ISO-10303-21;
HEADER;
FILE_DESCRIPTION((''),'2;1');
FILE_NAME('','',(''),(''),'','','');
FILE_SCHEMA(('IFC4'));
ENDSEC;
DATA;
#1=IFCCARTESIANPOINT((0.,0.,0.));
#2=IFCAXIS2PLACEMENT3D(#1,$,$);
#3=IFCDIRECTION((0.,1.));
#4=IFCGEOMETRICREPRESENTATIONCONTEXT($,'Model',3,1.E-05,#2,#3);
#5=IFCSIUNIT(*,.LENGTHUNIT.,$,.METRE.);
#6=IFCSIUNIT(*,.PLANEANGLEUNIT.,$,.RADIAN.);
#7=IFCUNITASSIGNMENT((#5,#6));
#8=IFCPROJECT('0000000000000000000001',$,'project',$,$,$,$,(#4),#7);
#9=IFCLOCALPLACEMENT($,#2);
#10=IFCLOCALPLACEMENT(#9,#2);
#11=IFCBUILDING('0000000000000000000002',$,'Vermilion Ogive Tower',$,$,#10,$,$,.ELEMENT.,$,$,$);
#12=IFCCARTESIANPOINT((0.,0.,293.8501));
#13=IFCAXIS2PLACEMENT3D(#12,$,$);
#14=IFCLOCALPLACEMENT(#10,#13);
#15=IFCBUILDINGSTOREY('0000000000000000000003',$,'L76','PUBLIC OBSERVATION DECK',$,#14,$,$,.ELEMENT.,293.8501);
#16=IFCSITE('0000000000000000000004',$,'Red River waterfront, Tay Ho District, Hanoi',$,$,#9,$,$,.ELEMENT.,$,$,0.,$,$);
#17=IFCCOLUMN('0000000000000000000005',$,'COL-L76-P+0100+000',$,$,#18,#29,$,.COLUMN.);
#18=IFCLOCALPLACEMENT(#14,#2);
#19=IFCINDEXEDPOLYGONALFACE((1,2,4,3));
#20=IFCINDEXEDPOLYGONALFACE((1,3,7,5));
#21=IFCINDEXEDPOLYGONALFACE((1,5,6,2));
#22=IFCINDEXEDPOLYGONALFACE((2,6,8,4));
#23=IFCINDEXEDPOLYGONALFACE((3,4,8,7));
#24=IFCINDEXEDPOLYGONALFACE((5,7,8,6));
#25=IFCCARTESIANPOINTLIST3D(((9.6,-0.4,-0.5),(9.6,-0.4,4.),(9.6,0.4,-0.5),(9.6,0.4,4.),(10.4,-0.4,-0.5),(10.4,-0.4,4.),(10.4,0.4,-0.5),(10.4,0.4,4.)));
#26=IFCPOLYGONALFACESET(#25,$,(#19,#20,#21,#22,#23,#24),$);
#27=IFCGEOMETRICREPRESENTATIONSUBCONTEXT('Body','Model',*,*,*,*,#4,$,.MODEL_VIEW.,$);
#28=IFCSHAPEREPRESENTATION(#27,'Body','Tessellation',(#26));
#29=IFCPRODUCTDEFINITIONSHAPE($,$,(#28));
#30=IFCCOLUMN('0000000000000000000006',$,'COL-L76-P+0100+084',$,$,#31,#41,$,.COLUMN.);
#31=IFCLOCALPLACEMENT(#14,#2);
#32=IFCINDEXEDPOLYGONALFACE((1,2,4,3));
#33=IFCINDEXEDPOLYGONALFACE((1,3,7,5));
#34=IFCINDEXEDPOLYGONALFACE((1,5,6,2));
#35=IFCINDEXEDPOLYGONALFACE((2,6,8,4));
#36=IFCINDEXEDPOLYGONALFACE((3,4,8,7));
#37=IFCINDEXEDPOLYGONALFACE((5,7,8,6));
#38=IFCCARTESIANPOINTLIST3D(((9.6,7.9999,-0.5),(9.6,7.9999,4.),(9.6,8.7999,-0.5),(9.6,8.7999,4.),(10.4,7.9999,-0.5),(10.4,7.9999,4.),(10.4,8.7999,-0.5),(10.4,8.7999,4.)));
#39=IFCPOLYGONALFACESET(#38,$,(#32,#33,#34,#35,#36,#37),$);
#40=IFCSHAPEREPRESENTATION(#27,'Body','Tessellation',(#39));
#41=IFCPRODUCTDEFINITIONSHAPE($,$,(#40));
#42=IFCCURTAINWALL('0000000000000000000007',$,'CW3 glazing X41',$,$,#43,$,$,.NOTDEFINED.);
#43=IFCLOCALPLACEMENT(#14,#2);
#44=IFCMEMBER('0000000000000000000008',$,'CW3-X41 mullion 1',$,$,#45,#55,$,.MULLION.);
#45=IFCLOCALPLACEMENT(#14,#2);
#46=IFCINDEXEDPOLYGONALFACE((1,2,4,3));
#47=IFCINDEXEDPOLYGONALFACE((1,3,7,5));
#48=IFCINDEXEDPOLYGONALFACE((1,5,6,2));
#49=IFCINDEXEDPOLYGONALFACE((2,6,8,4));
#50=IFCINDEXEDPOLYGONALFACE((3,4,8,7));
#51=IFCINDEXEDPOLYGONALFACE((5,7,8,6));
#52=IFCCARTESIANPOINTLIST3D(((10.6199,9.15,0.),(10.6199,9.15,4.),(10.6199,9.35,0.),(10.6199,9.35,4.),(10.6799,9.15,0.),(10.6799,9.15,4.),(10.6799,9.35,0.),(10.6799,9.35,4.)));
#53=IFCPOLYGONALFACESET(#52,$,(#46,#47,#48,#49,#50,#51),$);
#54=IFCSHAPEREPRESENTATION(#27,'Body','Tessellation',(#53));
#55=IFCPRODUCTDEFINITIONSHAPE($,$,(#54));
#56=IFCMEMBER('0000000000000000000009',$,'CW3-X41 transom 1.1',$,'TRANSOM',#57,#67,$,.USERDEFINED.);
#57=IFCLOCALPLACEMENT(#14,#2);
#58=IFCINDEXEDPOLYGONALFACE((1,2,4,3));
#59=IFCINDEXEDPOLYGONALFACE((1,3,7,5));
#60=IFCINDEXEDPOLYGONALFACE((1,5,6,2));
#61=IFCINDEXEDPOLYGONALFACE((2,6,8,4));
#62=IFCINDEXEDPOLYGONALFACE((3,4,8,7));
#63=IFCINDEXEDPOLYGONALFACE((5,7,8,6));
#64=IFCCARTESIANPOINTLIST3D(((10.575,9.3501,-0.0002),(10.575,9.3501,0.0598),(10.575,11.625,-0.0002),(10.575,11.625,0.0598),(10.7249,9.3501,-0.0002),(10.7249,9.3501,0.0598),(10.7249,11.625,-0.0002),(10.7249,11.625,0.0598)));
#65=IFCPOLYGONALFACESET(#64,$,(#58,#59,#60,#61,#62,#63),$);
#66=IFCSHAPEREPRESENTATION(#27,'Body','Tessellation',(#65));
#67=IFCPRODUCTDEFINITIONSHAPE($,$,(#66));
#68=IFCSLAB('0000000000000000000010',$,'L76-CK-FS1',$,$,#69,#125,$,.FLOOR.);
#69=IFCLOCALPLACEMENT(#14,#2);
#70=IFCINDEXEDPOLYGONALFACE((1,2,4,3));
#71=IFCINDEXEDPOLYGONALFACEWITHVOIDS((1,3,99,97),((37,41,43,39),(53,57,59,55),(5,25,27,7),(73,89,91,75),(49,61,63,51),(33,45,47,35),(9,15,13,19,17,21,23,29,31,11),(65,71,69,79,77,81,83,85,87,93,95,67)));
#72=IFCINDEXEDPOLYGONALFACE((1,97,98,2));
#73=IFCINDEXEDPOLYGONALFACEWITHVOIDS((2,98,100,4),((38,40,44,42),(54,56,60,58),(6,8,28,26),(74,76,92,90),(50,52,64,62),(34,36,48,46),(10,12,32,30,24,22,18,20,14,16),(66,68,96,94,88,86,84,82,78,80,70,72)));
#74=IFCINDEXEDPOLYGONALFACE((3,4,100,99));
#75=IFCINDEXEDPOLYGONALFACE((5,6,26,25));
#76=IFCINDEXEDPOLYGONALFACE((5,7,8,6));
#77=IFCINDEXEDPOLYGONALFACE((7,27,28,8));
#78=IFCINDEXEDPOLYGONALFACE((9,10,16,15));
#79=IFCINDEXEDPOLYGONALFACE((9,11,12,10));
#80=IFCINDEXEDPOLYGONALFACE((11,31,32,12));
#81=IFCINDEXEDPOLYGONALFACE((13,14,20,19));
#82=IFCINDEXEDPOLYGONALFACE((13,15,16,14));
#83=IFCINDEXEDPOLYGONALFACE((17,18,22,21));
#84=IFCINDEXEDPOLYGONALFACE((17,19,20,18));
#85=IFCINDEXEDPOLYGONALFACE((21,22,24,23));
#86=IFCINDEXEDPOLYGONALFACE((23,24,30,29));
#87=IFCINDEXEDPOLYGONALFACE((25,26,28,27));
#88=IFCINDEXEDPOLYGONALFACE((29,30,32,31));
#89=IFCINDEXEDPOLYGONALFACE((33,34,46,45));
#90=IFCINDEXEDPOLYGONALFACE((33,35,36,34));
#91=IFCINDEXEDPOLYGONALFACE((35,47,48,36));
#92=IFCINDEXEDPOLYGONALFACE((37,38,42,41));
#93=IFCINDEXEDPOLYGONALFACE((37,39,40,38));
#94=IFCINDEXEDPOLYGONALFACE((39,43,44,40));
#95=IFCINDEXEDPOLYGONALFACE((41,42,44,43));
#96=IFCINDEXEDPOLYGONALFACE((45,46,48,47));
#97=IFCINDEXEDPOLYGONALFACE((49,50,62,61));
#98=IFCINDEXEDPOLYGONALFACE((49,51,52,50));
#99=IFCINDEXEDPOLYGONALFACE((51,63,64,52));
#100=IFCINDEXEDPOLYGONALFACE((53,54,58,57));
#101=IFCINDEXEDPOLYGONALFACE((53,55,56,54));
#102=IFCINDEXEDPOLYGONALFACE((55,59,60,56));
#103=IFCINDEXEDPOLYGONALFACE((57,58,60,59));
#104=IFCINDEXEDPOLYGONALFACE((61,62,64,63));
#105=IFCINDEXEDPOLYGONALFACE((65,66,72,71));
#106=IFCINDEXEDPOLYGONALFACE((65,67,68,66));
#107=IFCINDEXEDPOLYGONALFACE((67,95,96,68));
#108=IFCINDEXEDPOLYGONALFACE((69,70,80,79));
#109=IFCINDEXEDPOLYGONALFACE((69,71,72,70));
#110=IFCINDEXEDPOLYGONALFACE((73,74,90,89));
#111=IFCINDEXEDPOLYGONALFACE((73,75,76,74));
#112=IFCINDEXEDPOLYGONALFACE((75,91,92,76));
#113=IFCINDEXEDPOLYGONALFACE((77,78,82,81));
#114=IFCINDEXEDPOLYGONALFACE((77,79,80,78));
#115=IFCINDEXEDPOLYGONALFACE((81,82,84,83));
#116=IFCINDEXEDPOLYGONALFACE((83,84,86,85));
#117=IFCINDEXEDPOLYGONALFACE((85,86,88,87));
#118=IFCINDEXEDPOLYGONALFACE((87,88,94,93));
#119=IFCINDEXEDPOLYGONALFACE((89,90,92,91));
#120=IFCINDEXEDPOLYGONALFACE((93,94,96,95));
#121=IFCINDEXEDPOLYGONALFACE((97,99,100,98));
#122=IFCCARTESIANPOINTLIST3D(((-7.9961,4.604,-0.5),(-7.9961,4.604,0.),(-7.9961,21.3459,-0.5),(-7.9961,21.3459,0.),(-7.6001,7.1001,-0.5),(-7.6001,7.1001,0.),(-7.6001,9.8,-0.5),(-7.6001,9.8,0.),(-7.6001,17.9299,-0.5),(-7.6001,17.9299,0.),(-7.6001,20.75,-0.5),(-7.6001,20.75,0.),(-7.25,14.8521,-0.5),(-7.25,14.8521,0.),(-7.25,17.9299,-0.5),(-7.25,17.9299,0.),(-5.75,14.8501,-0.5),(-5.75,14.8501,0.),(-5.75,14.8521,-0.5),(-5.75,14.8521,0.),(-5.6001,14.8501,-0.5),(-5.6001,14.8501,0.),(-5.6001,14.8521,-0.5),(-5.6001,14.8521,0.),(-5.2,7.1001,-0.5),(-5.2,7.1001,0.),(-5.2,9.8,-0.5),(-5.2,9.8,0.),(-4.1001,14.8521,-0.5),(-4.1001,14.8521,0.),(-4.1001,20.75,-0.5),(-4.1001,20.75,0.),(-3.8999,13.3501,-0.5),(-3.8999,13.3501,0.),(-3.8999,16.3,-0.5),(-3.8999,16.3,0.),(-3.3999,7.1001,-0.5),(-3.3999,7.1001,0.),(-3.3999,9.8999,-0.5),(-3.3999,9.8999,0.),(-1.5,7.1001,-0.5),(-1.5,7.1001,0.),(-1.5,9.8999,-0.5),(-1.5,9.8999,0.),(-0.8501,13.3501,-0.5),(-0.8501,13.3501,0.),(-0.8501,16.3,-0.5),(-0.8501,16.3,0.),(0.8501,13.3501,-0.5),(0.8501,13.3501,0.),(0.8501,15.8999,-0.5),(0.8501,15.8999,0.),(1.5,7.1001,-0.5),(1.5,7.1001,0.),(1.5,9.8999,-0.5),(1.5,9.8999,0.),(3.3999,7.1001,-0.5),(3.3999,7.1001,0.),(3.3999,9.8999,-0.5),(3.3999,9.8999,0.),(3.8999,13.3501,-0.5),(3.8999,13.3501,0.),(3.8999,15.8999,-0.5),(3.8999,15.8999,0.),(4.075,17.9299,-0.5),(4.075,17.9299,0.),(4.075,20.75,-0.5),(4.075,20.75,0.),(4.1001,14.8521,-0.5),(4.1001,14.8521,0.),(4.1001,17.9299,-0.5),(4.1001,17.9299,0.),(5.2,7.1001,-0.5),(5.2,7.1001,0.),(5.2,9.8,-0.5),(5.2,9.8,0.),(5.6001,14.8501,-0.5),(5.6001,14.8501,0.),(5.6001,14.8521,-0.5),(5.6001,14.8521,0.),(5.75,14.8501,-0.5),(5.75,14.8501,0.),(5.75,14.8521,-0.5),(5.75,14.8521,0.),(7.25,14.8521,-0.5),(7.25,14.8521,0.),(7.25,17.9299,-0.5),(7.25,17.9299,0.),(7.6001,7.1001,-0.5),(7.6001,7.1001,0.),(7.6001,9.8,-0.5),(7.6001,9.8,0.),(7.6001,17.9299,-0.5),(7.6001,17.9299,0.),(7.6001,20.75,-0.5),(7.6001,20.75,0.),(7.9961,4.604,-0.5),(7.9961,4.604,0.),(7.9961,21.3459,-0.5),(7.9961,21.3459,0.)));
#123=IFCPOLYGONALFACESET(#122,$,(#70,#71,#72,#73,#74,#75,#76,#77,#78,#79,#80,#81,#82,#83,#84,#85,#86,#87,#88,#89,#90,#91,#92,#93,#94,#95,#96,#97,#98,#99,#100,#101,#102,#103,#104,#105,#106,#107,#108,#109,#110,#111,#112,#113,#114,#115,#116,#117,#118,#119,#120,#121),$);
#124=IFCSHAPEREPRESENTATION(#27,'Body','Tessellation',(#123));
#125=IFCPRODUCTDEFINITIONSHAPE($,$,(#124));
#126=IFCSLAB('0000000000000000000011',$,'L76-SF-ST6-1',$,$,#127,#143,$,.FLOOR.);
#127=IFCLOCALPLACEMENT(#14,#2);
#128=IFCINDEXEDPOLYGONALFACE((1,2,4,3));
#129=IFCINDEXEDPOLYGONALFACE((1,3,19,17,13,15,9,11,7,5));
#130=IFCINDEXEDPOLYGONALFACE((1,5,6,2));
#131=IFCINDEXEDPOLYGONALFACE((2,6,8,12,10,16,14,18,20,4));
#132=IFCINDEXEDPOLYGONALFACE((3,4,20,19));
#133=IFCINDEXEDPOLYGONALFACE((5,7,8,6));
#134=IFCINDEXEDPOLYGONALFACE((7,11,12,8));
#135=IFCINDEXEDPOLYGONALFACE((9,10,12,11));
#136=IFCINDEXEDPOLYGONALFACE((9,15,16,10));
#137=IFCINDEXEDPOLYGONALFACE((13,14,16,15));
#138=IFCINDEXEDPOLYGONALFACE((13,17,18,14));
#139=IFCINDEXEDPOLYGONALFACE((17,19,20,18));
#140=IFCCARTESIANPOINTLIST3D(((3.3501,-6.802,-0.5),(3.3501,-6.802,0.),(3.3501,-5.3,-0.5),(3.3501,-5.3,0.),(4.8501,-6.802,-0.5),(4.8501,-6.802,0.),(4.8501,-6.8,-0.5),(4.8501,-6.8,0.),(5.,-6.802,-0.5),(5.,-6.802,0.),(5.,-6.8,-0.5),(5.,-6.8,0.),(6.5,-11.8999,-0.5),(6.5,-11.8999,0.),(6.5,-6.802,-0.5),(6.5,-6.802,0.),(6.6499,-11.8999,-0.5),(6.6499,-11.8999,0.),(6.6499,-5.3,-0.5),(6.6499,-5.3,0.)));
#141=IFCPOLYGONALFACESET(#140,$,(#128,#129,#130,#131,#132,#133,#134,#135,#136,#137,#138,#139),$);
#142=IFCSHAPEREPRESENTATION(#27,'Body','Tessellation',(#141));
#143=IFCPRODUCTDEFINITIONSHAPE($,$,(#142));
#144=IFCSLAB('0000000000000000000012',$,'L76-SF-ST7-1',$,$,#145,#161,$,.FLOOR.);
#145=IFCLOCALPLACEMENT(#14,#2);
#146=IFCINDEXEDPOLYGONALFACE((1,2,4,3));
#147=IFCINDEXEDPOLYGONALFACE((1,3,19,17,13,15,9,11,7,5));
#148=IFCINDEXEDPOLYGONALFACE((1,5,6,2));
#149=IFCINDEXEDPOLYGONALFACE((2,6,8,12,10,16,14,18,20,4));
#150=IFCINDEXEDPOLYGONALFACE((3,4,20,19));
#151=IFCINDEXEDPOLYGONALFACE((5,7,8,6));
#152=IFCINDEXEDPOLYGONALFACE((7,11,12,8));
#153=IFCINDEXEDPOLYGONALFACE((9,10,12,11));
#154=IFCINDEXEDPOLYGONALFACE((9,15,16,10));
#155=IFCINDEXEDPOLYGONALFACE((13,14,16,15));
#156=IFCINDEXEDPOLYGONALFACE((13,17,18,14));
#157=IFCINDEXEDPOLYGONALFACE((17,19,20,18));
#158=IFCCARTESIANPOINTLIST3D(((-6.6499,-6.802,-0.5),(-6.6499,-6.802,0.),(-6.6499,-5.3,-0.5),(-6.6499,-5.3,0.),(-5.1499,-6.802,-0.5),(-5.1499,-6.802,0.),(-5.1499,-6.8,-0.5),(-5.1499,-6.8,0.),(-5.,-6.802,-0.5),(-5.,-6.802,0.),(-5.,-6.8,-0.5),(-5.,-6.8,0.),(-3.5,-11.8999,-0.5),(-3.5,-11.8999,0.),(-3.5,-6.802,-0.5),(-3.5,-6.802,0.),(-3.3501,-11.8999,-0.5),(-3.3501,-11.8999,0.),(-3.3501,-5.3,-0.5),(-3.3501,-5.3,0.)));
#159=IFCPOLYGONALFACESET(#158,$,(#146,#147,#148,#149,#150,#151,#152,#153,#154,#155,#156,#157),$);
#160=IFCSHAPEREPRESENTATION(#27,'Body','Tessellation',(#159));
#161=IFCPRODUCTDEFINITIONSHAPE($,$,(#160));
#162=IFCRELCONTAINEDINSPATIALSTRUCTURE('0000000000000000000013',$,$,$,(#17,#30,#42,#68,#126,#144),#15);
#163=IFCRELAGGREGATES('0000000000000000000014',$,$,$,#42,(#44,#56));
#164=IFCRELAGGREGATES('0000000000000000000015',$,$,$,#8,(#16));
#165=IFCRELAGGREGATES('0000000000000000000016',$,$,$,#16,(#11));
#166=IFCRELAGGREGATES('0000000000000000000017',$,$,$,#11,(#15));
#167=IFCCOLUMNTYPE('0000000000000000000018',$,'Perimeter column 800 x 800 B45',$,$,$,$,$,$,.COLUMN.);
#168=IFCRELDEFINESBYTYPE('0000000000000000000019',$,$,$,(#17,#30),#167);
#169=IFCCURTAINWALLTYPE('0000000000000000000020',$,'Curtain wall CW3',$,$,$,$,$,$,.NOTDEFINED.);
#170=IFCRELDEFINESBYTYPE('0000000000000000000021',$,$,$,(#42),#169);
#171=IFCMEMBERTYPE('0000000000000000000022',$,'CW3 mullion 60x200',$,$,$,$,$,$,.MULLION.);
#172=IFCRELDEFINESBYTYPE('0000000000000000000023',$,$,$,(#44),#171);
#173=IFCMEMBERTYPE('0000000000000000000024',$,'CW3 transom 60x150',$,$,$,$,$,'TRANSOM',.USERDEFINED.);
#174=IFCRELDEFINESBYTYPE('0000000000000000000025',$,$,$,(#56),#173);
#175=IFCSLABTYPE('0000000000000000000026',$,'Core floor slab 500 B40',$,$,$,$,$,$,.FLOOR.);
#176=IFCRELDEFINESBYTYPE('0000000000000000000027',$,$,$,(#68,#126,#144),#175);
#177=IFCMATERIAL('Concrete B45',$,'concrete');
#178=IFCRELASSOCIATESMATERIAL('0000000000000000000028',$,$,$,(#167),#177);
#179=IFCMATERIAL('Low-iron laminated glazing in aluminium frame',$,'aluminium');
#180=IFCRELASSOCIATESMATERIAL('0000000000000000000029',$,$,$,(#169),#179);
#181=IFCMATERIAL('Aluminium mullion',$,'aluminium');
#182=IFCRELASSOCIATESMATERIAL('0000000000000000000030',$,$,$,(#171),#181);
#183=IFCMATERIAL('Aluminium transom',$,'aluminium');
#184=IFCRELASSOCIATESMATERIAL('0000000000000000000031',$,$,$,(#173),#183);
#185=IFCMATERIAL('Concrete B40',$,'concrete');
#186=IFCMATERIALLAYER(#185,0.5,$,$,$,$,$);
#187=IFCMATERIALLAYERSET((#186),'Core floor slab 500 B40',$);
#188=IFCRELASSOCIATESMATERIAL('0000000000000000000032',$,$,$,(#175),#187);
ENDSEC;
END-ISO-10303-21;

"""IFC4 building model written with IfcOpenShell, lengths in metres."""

from ifc_helpers import new_model, si_unit, direction, frame, origin, origin_2d, place, context, subcontext, project, spatial, polyline, rectangle, outline, extrude, material, layer, layer_set, material_profile, profile_set, type_object, element, aggregate, save


model = new_model("IFC4")

# Units and contexts
model_context = context("Model", 3, precision=1e-05, world=origin(), true_north=direction((0.0, 1.0)))
body_context = subcontext(model_context, "Body", "Model", "MODEL_VIEW")
ifc_project = project(units=[si_unit("LENGTHUNIT", "METRE"), si_unit("PLANEANGLEUNIT", "RADIAN")], contexts=[model_context])

# Site, building, storey
site_placement = place(None, origin())
site = spatial("IfcSite", under=ifc_project, at=site_placement, Name="Red River waterfront, Tay Ho District, Hanoi", CompositionType="ELEMENT", RefElevation=0.0)
building_placement = place(site_placement, origin())
building = spatial("IfcBuilding", under=site, at=building_placement, Name="Vermilion Ogive Tower", CompositionType="ELEMENT")
storey_placement = place(building_placement, frame((0.0, 0.0, 293.8501)))
storey = spatial("IfcBuildingStorey", under=building, at=storey_placement, Name="L76", Description="PUBLIC OBSERVATION DECK", CompositionType="ELEMENT", Elevation=293.8501)

# Columns
ifc_material_1 = material(Name="Concrete B45", Category="concrete")
ifc_material_profile_1 = material_profile(ifc_material_1, rectangle(XDim=0.8, YDim=0.8, at=origin_2d()), Name="800 x 800")
ifc_profile_set_1 = profile_set([ifc_material_profile_1], Name="Concrete B45")
column_type = type_object("IfcColumnType", Name="Perimeter column 800 x 800 B45", PredefinedType="COLUMN", material=ifc_profile_set_1)
for number, where, z_axis, x_axis, name in (
    (1, (10.0, 0.0, -0.5), (0.0, 0.0, 1.0), (1.0, 0.0, 0.0), "COL-L76-P+0100+000"),
    (2, (10.0, 8.3999, -0.5), (0.0, 0.0, 1.0), (1.0, 0.0, 0.0), "COL-L76-P+0100+084"),
):
    element("IfcColumn", number, at=place(storey_placement, frame(where, z_axis=z_axis, x_axis=x_axis)), inside=storey, type_object=column_type, Name=name, PredefinedType="COLUMN", context=body_context, shape_type="SweptSolid", body=[
        extrude(rectangle(XDim=0.8, YDim=0.8, at=origin_2d()), origin(), (0.0, 0.0, 1.0), 4.5),
    ])

# Curtain wall, members
ifc_material_2 = material(Name="Low-iron laminated glazing in aluminium frame", Category="aluminium")
curtain_wall_type = type_object("IfcCurtainWallType", Name="Curtain wall CW3", PredefinedType="NOTDEFINED", material=ifc_material_2)
curtain_wall_placement = place(storey_placement, origin())
curtain_wall = element("IfcCurtainWall", 3, at=curtain_wall_placement, inside=storey, type_object=curtain_wall_type, Name="CW3 glazing X41", PredefinedType="NOTDEFINED")
ifc_material_3 = material(Name="Aluminium mullion", Category="aluminium")
ifc_material_profile_2 = material_profile(ifc_material_3, rectangle(XDim=0.0601, YDim=0.2, at=origin_2d()), Name="AL 60x200")
ifc_profile_set_2 = profile_set([ifc_material_profile_2], Name="Aluminium mullion")
member_type_1 = type_object("IfcMemberType", Name="CW3 mullion 60x200", PredefinedType="MULLION", material=ifc_profile_set_2)
member_1_placement = place(storey_placement, frame((10.6499, 9.25, 0.0), z_axis=(0.0, 0.0, 1.0), x_axis=(-1.0, 0.0, 0.0)))
member_1 = element("IfcMember", 4, at=member_1_placement, type_object=member_type_1, Name="CW3-X41 mullion 1", PredefinedType="MULLION", context=body_context, shape_type="SweptSolid", body=[
    extrude(rectangle(XDim=0.0601, YDim=0.2, at=origin_2d()), origin(), (0.0, 0.0, 1.0), 4.0),
])
ifc_material_4 = material(Name="Aluminium transom", Category="aluminium")
ifc_material_profile_3 = material_profile(ifc_material_4, rectangle(XDim=0.1499, YDim=0.0601, at=origin_2d()), Name="AL 60x150")
ifc_profile_set_3 = profile_set([ifc_material_profile_3], Name="Aluminium transom")
member_type_2 = type_object("IfcMemberType", Name="CW3 transom 60x150", ElementType="TRANSOM", PredefinedType="USERDEFINED", material=ifc_profile_set_3)
member_2_placement = place(storey_placement, frame((10.6499, 9.3501, 0.0298), z_axis=(0.0, 1.0, 0.0), x_axis=(-1.0, 0.0, 0.0)))
member_2 = element("IfcMember", 5, at=member_2_placement, type_object=member_type_2, Name="CW3-X41 transom 1.1", ObjectType="TRANSOM", PredefinedType="USERDEFINED", context=body_context, shape_type="SweptSolid", body=[
    extrude(rectangle(XDim=0.1499, YDim=0.0601, at=origin_2d()), origin(), (0.0, 0.0, 1.0), 2.2749),
])
aggregate(curtain_wall, [member_1, member_2])

# Slabs
ifc_material_5 = material(Name="Concrete B40", Category="concrete")
ifc_layer_1 = layer(ifc_material_5, 0.5)
ifc_layer_set_1 = layer_set([ifc_layer_1], Name="Core floor slab 500 B40")
slab_type = type_object("IfcSlabType", Name="Core floor slab 500 B40", PredefinedType="FLOOR", material=ifc_layer_set_1)
slab_1_placement = place(storey_placement, frame((0.0, 0.0, -0.5)))
element("IfcSlab", 6, at=slab_1_placement, inside=storey, type_object=slab_type, Name="L76-CK-FS1", PredefinedType="FLOOR", context=body_context, shape_type="SweptSolid", body=[
    extrude(outline(polyline([(-7.9961, 4.604), (7.9961, 4.604), (7.9961, 21.3459), (-7.9961, 21.3459), (-7.9961, 4.604)]), holes=[polyline([(-5.2, 7.1001), (-7.6001, 7.1001), (-7.6001, 9.8), (-5.2, 9.8), (-5.2, 7.1001)]), polyline([(5.2, 7.1001), (5.2, 9.8), (7.6001, 9.8), (7.6001, 7.1001), (5.2, 7.1001)]), polyline([(-3.3999, 7.1001), (-3.3999, 9.8999), (-1.5, 9.8999), (-1.5, 7.1001), (-3.3999, 7.1001)]), polyline([(3.3999, 7.1001), (1.5, 7.1001), (1.5, 9.8999), (3.3999, 9.8999), (3.3999, 7.1001)]), polyline([(3.8999, 13.3501), (0.8501, 13.3501), (0.8501, 15.8999), (3.8999, 15.8999), (3.8999, 13.3501)]), polyline([(-0.8501, 13.3501), (-3.8999, 13.3501), (-3.8999, 16.3), (-0.8501, 16.3), (-0.8501, 13.3501)]), polyline([(-7.6001, 17.9299), (-7.6001, 20.75), (-4.1001, 20.75), (-4.1001, 14.8521), (-5.6001, 14.8521), (-5.6001, 14.8501), (-5.75, 14.8501), (-5.75, 14.8521), (-7.25, 14.8521), (-7.25, 17.9299), (-7.6001, 17.9299)]), polyline([(5.75, 14.8501), (5.6001, 14.8501), (5.6001, 14.8521), (4.1001, 14.8521), (4.1001, 17.9299), (4.075, 17.9299), (4.075, 20.75), (7.6001, 20.75), (7.6001, 17.9299), (7.25, 17.9299), (7.25, 14.8521), (5.75, 14.8521), (5.75, 14.8501)])]), origin(), (0.0, 0.0, 1.0), 0.5),
])
slab_2_placement = place(storey_placement, frame((0.0, 0.0, -0.5)))
element("IfcSlab", 7, at=slab_2_placement, inside=storey, type_object=slab_type, Name="L76-SF-ST6-1", PredefinedType="FLOOR", context=body_context, shape_type="SweptSolid", body=[
    extrude(outline(polyline([(3.3501, -5.3), (3.3501, -6.802), (4.8501, -6.802), (4.8501, -6.8), (5.0, -6.8), (5.0, -6.802), (6.5, -6.802), (6.5, -11.8999), (6.6499, -11.8999), (6.6499, -5.3), (3.3501, -5.3)])), origin(), (0.0, 0.0, 1.0), 0.5),
])
slab_3_placement = place(storey_placement, frame((0.0, 0.0, -0.5)))
element("IfcSlab", 8, at=slab_3_placement, inside=storey, type_object=slab_type, Name="L76-SF-ST7-1", PredefinedType="FLOOR", context=body_context, shape_type="SweptSolid", body=[
    extrude(outline(polyline([(-6.6499, -5.3), (-6.6499, -6.802), (-5.1499, -6.802), (-5.1499, -6.8), (-5.0, -6.8), (-5.0, -6.802), (-3.5, -6.802), (-3.5, -11.8999), (-3.3501, -11.8999), (-3.3501, -5.3), (-6.6499, -5.3)])), origin(), (0.0, 0.0, 1.0), 0.5),
])

save(model, "model.ifc")
